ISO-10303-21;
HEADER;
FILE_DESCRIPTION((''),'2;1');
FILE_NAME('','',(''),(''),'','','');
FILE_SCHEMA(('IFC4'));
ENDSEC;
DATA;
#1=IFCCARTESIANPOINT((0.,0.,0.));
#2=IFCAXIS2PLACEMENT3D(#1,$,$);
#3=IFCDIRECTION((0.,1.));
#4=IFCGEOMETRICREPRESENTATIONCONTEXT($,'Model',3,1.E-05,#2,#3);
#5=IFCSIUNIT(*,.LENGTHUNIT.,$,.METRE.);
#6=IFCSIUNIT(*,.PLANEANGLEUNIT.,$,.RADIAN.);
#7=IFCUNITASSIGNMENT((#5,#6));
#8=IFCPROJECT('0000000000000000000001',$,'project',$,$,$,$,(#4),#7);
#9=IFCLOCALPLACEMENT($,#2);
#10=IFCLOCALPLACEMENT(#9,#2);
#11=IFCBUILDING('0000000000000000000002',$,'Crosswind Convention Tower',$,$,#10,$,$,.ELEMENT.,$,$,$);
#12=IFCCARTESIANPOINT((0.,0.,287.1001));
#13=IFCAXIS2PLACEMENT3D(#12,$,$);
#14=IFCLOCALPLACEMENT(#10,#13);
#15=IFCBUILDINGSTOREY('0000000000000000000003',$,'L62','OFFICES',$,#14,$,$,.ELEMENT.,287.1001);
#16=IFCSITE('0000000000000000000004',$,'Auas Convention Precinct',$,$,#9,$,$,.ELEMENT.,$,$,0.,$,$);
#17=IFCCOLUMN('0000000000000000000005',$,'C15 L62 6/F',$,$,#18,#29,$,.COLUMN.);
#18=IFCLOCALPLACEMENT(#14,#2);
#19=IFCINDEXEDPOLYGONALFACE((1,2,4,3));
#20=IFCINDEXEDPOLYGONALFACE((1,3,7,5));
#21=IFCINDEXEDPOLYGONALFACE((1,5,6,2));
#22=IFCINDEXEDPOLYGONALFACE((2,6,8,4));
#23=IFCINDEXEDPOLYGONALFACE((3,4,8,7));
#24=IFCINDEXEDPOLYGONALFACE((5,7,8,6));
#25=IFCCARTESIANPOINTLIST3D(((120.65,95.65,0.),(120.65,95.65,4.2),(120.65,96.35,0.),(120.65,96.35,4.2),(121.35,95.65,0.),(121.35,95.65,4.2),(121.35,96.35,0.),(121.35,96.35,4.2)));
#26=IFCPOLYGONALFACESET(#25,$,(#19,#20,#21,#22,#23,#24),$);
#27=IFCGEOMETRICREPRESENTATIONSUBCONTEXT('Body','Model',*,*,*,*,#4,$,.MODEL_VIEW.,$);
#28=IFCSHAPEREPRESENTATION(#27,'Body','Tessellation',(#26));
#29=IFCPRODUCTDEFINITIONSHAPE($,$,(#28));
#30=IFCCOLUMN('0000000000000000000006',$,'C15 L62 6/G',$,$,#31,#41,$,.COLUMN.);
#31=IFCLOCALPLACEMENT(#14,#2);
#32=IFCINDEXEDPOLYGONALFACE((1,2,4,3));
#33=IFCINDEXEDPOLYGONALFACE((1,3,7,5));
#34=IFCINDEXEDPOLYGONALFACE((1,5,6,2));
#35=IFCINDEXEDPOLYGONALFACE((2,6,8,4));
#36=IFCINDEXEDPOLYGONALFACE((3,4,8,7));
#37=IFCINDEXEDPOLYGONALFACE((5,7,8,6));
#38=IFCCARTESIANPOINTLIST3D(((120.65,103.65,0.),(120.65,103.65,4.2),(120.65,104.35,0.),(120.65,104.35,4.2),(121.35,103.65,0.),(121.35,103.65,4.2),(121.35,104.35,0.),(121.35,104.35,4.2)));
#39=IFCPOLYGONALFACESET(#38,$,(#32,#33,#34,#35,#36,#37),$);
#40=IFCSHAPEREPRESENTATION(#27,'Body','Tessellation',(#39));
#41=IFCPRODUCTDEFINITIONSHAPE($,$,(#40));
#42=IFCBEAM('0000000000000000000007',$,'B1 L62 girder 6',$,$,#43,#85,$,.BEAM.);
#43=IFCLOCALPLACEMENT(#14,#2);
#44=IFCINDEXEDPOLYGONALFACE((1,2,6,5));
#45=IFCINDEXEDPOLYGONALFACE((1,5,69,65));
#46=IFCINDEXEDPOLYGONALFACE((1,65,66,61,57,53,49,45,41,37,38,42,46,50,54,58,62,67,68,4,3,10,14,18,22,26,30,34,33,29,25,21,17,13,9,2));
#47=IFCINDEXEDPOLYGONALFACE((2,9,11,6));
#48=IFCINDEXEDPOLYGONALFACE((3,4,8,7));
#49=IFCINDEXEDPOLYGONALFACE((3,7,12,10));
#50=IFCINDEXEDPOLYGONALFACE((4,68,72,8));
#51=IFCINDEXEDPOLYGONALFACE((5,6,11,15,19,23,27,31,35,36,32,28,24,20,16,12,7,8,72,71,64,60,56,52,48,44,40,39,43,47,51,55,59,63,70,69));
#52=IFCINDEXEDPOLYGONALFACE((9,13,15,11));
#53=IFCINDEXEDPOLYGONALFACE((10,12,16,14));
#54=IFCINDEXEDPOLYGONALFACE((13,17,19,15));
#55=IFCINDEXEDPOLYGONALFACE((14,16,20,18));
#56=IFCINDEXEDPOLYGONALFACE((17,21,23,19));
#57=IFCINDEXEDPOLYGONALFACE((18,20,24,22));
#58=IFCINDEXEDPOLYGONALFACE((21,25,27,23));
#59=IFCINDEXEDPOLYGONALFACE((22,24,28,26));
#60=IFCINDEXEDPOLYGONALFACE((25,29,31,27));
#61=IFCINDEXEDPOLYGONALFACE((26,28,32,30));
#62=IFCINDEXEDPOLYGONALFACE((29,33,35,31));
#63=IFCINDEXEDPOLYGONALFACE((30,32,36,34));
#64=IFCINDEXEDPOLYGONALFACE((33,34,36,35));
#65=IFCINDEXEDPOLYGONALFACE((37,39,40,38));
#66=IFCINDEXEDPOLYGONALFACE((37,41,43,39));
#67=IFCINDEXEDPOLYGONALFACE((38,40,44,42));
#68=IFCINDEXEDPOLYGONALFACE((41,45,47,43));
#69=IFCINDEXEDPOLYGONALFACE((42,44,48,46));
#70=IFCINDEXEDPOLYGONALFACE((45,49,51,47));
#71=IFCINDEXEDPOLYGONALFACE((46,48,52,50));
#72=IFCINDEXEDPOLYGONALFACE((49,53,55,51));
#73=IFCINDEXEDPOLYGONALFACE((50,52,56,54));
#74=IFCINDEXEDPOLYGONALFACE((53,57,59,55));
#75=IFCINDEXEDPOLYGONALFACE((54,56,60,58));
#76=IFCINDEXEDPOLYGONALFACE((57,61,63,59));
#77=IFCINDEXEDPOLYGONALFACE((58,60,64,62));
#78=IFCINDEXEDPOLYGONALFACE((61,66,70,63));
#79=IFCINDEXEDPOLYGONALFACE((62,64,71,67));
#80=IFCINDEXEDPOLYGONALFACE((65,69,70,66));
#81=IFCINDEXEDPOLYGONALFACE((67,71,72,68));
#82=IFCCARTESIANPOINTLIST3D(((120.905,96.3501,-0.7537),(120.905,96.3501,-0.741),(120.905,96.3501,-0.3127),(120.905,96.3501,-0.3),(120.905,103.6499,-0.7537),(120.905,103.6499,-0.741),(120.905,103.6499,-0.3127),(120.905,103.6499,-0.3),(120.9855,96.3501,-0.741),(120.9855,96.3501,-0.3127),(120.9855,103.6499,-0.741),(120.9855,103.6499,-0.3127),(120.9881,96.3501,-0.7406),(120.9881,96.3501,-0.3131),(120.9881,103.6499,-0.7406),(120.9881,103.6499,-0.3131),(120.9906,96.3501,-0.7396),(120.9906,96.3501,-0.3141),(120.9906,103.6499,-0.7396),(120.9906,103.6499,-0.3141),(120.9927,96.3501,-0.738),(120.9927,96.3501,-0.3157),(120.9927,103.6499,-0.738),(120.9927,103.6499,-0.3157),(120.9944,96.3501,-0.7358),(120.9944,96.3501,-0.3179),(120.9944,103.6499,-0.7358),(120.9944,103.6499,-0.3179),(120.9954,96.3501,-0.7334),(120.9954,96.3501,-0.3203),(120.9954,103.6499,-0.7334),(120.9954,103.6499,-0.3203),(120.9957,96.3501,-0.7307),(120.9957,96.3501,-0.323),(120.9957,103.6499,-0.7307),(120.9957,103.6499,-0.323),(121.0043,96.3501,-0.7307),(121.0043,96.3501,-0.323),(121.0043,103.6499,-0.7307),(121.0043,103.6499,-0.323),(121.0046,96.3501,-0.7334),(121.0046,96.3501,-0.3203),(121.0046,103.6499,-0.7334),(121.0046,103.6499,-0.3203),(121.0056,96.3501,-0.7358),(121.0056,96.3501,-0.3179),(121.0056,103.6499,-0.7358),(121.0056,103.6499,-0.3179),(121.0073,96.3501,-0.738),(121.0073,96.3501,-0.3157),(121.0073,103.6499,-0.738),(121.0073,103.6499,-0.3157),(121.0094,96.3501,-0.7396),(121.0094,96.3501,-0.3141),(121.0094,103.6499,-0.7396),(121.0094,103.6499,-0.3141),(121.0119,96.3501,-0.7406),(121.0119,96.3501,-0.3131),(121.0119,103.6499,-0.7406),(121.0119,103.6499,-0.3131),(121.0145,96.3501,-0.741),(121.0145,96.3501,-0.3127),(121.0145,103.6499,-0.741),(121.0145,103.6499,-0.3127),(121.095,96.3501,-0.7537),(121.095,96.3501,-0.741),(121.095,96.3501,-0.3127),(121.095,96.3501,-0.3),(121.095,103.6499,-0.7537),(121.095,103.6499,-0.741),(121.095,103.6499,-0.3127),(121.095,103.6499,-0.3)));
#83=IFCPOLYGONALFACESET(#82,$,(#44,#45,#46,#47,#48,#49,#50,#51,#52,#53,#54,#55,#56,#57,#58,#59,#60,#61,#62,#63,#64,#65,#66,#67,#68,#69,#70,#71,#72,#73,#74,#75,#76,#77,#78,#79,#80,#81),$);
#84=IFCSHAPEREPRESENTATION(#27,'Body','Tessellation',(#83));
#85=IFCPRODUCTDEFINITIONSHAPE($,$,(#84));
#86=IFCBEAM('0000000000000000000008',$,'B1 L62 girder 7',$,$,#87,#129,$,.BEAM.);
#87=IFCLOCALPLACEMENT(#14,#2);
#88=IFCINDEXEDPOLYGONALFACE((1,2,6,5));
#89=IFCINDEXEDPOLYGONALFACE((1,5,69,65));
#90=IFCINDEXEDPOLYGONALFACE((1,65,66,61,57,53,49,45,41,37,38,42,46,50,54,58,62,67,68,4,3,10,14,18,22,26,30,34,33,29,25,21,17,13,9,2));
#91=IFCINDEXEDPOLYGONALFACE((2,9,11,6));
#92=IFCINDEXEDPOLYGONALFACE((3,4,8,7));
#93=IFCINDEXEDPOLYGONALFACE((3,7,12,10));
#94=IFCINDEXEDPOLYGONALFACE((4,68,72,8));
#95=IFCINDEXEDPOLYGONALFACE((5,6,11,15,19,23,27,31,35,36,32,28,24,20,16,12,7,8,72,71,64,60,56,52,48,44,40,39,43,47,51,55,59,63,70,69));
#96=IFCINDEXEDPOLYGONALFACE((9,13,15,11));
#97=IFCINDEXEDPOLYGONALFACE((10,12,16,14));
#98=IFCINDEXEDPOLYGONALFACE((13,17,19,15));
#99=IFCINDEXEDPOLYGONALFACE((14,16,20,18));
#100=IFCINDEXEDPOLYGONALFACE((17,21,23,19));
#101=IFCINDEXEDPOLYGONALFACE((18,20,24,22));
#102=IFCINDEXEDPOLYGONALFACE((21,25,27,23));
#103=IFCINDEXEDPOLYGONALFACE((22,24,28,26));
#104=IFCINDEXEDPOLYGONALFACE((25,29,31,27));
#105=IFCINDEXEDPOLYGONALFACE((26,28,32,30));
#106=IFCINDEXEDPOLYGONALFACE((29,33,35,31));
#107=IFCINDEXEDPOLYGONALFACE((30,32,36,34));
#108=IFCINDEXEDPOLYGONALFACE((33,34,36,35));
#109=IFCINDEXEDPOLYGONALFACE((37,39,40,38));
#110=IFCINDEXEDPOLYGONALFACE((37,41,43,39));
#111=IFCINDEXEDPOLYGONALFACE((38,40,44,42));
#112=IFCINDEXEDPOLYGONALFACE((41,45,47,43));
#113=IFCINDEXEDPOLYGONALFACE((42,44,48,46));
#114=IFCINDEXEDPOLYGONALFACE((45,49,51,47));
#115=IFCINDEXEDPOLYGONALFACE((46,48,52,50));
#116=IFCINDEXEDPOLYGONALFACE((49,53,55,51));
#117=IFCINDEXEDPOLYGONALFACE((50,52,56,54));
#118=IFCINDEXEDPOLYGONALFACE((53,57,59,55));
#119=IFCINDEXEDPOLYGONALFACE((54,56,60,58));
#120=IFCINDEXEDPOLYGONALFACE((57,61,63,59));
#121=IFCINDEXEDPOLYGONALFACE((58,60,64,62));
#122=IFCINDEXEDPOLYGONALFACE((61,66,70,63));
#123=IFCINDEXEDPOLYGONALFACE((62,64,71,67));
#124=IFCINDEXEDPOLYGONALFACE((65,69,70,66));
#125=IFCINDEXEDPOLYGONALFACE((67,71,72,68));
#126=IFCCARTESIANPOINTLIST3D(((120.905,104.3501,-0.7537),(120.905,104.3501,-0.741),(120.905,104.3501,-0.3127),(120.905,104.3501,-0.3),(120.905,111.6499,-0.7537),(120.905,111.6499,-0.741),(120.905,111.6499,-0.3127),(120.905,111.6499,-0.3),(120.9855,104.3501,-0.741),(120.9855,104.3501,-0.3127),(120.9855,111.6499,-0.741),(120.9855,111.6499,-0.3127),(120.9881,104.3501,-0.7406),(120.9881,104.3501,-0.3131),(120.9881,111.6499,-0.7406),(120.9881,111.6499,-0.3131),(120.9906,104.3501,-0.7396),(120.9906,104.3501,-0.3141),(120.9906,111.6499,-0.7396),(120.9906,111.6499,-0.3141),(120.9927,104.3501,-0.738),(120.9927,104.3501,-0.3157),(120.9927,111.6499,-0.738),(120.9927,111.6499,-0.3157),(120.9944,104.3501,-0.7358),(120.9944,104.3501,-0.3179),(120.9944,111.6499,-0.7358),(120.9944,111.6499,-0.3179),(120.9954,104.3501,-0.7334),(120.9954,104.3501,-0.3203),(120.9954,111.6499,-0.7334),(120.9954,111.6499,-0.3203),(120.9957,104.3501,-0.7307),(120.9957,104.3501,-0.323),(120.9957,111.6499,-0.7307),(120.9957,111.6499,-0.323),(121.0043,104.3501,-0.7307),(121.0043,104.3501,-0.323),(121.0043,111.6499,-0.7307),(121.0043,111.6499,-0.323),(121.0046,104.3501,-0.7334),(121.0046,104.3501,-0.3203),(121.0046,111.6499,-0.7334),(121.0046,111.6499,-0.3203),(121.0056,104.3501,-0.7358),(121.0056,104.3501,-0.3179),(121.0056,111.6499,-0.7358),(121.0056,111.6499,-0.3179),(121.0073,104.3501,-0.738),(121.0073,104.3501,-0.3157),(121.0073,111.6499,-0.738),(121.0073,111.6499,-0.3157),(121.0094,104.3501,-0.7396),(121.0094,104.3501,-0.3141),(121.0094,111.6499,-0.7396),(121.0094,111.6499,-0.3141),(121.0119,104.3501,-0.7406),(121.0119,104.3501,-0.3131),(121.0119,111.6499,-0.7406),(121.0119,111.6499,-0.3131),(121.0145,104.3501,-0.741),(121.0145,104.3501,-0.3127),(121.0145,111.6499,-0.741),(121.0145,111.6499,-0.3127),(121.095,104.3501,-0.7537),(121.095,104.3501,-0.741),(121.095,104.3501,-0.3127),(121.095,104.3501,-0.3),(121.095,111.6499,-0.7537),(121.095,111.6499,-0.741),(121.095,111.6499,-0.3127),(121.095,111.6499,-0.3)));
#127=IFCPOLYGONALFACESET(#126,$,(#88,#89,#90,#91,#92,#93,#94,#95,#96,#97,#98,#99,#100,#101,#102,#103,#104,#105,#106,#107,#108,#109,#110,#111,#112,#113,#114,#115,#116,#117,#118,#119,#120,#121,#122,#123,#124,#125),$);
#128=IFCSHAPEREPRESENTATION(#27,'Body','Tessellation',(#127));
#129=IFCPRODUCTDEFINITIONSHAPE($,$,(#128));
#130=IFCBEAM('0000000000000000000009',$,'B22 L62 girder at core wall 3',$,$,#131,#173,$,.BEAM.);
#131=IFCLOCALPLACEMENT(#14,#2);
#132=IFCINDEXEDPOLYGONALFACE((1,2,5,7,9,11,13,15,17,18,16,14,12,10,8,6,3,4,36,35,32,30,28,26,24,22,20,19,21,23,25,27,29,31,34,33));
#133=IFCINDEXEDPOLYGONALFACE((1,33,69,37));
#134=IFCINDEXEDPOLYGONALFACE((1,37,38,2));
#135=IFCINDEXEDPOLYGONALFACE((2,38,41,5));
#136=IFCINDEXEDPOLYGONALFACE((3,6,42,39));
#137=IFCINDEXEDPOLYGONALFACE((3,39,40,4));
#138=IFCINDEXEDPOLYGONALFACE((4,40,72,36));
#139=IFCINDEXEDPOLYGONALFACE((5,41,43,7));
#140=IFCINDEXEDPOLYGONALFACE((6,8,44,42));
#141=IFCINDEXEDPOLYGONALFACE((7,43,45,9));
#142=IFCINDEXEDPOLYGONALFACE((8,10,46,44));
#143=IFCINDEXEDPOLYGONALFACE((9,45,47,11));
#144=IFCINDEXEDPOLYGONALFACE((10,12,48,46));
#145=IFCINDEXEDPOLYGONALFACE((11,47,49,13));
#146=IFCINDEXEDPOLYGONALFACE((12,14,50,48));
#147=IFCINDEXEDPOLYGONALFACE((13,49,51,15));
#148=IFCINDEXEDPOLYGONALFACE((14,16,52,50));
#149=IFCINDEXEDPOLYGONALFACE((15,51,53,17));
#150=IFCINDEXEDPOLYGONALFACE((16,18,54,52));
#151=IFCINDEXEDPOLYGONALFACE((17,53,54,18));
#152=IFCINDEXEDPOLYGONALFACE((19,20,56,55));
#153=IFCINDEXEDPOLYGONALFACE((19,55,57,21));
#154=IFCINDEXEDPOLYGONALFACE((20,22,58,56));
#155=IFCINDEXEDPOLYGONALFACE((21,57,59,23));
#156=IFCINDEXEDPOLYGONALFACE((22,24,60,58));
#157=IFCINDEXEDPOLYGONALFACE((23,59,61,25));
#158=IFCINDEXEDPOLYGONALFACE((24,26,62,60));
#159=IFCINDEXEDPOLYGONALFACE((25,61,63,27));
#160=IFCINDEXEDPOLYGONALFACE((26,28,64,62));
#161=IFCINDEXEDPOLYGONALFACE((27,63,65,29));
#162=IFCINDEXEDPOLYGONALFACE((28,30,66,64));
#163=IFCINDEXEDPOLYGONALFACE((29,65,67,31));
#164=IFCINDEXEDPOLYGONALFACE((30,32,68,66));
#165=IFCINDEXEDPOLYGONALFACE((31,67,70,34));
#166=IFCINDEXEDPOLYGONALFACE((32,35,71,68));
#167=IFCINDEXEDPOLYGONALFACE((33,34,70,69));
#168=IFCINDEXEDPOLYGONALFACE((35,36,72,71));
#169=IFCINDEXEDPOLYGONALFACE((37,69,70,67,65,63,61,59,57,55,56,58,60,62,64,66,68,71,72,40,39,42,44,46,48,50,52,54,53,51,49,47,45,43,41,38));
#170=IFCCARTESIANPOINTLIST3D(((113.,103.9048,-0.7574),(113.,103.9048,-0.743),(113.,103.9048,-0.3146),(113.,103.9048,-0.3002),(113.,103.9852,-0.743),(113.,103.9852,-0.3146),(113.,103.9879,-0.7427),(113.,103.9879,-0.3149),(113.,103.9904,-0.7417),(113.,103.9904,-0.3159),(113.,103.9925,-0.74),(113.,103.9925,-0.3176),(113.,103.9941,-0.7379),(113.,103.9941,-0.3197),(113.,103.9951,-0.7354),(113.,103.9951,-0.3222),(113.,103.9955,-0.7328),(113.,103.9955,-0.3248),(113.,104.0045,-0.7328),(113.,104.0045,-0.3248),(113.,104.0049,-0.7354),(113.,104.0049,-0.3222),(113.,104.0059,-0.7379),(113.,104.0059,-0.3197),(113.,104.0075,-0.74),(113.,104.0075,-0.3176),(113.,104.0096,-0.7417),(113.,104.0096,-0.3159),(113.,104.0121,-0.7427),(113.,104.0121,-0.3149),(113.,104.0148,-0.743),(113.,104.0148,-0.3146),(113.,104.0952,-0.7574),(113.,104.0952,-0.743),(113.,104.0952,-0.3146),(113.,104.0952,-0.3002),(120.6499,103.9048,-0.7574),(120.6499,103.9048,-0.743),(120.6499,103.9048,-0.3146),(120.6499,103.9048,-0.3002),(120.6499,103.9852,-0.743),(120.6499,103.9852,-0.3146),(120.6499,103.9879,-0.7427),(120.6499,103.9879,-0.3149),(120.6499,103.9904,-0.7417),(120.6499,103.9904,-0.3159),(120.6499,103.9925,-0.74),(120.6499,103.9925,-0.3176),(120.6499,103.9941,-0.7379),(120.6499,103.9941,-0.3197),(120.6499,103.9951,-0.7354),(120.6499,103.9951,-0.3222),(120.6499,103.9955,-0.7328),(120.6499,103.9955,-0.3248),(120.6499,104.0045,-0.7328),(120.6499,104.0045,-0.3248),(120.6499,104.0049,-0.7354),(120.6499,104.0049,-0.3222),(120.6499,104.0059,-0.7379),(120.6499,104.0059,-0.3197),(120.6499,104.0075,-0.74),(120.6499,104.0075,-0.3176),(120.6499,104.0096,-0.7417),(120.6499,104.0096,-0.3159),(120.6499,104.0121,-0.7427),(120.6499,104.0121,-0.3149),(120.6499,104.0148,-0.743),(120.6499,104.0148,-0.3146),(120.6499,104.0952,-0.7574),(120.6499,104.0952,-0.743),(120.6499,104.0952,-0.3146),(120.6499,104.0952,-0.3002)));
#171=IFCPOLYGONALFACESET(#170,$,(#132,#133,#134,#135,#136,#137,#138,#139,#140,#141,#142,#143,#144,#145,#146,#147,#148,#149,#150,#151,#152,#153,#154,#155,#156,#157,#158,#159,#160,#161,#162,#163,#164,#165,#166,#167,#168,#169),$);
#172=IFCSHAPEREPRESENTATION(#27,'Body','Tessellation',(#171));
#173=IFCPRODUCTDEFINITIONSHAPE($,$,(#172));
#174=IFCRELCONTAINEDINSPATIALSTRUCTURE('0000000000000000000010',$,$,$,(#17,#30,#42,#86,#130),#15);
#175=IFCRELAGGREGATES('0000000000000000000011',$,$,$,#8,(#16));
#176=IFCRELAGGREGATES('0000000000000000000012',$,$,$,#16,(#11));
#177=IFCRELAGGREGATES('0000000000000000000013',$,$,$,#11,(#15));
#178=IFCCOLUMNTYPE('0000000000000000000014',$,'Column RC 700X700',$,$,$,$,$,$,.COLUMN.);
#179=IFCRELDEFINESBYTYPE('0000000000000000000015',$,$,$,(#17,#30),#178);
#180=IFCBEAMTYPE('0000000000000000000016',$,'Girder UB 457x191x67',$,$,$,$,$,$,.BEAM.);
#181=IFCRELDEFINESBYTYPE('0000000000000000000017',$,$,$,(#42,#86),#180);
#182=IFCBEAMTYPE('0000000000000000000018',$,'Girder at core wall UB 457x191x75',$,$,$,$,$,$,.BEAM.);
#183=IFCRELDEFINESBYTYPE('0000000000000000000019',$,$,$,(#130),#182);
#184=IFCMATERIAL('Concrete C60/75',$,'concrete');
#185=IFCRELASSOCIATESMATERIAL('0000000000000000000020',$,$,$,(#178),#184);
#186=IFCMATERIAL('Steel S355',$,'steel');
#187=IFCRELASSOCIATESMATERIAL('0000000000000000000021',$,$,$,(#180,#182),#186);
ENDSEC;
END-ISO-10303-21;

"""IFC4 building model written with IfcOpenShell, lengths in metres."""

from ifc_helpers import new_model, si_unit, direction, frame, origin, origin_2d, place, context, subcontext, project, spatial, rectangle, i_section, extrude, material, material_profile, profile_set, type_object, element, save


model = new_model("IFC4")

# Units and contexts
model_context = context("Model", 3, precision=1e-05, world=origin(), true_north=direction((0.0, 1.0)))
body_context = subcontext(model_context, "Body", "Model", "MODEL_VIEW")
ifc_project = project(units=[si_unit("LENGTHUNIT", "METRE"), si_unit("PLANEANGLEUNIT", "RADIAN")], contexts=[model_context])

# Site, building, storey
site_placement = place(None, origin())
site = spatial("IfcSite", under=ifc_project, at=site_placement, Name="Auas Convention Precinct", CompositionType="ELEMENT", RefElevation=0.0)
building_placement = place(site_placement, origin())
building = spatial("IfcBuilding", under=site, at=building_placement, Name="Crosswind Convention Tower", CompositionType="ELEMENT")
storey_placement = place(building_placement, frame((0.0, 0.0, 287.1001)))
storey = spatial("IfcBuildingStorey", under=building, at=storey_placement, Name="L62", Description="OFFICES", CompositionType="ELEMENT", Elevation=287.1001)

# Columns
ifc_material_1 = material(Name="Concrete C60/75", Category="concrete")
ifc_material_profile_1 = material_profile(ifc_material_1, rectangle(XDim=0.7, YDim=0.7, at=origin_2d()), Name="RC 700X700")
ifc_profile_set_1 = profile_set([ifc_material_profile_1], Name="Concrete C60/75")
column_type = type_object("IfcColumnType", Name="Column RC 700X700", PredefinedType="COLUMN", material=ifc_profile_set_1)
for number, where, z_axis, x_axis, name in (
    (1, (121.0, 96.0, 0.0), (0.0, 0.0, 1.0), (1.0, 0.0, 0.0), "C15 L62 6/F"),
    (2, (121.0, 104.0, 0.0), (0.0, 0.0, 1.0), (1.0, 0.0, 0.0), "C15 L62 6/G"),
):
    element("IfcColumn", number, at=place(storey_placement, frame(where, z_axis=z_axis, x_axis=x_axis)), inside=storey, type_object=column_type, Name=name, PredefinedType="COLUMN", context=body_context, shape_type="SweptSolid", body=[
        extrude(rectangle(XDim=0.7, YDim=0.7, at=origin_2d()), origin(), (0.0, 0.0, 1.0), 4.2),
    ])

# Beams
ifc_material_2 = material(Name="Steel S355", Category="steel")
ifc_material_profile_2 = material_profile(ifc_material_2, i_section(OverallWidth=0.1899, OverallDepth=0.4536, WebThickness=0.0085, FlangeThickness=0.0127, FilletRadius=0.0103, at=origin_2d()), Name="UB 457x191x67")
ifc_profile_set_2 = profile_set([ifc_material_profile_2], Name="Steel S355")
beam_type_1 = type_object("IfcBeamType", Name="Girder UB 457x191x67", PredefinedType="BEAM", material=ifc_profile_set_2)
for number, where, z_axis, x_axis, name in (
    (3, (121.0, 96.3501, -0.5269), (0.0, 1.0, 0.0), (-1.0, 0.0, 0.0), "B1 L62 girder 6"),
    (4, (121.0, 104.3501, -0.5269), (0.0, 1.0, 0.0), (-1.0, 0.0, 0.0), "B1 L62 girder 7"),
):
    element("IfcBeam", number, at=place(storey_placement, frame(where, z_axis=z_axis, x_axis=x_axis)), inside=storey, type_object=beam_type_1, Name=name, PredefinedType="BEAM", context=body_context, shape_type="SweptSolid", body=[
        extrude(i_section(OverallWidth=0.1899, OverallDepth=0.4536, WebThickness=0.0085, FlangeThickness=0.0127, FilletRadius=0.0103, at=origin_2d()), origin(), (0.0, 0.0, 1.0), 7.2998),
    ])
ifc_material_profile_3 = material_profile(ifc_material_2, i_section(OverallWidth=0.1904, OverallDepth=0.4573, WebThickness=0.009, FlangeThickness=0.0144, FilletRadius=0.0103, at=origin_2d()), Name="UB 457x191x75")
ifc_profile_set_3 = profile_set([ifc_material_profile_3], Name="Steel S355")
beam_type_2 = type_object("IfcBeamType", Name="Girder at core wall UB 457x191x75", PredefinedType="BEAM", material=ifc_profile_set_3)
beam_placement = place(storey_placement, frame((113.0, 104.0, -0.5288), z_axis=(1.0, 0.0, 0.0), x_axis=(0.0, 1.0, 0.0)))
element("IfcBeam", 5, at=beam_placement, inside=storey, type_object=beam_type_2, Name="B22 L62 girder at core wall 3", PredefinedType="BEAM", context=body_context, shape_type="SweptSolid", body=[
    extrude(i_section(OverallWidth=0.1904, OverallDepth=0.4573, WebThickness=0.009, FlangeThickness=0.0144, FilletRadius=0.0103, at=origin_2d()), origin(), (0.0, 0.0, 1.0), 7.6499),
])

save(model, "model.ifc")
